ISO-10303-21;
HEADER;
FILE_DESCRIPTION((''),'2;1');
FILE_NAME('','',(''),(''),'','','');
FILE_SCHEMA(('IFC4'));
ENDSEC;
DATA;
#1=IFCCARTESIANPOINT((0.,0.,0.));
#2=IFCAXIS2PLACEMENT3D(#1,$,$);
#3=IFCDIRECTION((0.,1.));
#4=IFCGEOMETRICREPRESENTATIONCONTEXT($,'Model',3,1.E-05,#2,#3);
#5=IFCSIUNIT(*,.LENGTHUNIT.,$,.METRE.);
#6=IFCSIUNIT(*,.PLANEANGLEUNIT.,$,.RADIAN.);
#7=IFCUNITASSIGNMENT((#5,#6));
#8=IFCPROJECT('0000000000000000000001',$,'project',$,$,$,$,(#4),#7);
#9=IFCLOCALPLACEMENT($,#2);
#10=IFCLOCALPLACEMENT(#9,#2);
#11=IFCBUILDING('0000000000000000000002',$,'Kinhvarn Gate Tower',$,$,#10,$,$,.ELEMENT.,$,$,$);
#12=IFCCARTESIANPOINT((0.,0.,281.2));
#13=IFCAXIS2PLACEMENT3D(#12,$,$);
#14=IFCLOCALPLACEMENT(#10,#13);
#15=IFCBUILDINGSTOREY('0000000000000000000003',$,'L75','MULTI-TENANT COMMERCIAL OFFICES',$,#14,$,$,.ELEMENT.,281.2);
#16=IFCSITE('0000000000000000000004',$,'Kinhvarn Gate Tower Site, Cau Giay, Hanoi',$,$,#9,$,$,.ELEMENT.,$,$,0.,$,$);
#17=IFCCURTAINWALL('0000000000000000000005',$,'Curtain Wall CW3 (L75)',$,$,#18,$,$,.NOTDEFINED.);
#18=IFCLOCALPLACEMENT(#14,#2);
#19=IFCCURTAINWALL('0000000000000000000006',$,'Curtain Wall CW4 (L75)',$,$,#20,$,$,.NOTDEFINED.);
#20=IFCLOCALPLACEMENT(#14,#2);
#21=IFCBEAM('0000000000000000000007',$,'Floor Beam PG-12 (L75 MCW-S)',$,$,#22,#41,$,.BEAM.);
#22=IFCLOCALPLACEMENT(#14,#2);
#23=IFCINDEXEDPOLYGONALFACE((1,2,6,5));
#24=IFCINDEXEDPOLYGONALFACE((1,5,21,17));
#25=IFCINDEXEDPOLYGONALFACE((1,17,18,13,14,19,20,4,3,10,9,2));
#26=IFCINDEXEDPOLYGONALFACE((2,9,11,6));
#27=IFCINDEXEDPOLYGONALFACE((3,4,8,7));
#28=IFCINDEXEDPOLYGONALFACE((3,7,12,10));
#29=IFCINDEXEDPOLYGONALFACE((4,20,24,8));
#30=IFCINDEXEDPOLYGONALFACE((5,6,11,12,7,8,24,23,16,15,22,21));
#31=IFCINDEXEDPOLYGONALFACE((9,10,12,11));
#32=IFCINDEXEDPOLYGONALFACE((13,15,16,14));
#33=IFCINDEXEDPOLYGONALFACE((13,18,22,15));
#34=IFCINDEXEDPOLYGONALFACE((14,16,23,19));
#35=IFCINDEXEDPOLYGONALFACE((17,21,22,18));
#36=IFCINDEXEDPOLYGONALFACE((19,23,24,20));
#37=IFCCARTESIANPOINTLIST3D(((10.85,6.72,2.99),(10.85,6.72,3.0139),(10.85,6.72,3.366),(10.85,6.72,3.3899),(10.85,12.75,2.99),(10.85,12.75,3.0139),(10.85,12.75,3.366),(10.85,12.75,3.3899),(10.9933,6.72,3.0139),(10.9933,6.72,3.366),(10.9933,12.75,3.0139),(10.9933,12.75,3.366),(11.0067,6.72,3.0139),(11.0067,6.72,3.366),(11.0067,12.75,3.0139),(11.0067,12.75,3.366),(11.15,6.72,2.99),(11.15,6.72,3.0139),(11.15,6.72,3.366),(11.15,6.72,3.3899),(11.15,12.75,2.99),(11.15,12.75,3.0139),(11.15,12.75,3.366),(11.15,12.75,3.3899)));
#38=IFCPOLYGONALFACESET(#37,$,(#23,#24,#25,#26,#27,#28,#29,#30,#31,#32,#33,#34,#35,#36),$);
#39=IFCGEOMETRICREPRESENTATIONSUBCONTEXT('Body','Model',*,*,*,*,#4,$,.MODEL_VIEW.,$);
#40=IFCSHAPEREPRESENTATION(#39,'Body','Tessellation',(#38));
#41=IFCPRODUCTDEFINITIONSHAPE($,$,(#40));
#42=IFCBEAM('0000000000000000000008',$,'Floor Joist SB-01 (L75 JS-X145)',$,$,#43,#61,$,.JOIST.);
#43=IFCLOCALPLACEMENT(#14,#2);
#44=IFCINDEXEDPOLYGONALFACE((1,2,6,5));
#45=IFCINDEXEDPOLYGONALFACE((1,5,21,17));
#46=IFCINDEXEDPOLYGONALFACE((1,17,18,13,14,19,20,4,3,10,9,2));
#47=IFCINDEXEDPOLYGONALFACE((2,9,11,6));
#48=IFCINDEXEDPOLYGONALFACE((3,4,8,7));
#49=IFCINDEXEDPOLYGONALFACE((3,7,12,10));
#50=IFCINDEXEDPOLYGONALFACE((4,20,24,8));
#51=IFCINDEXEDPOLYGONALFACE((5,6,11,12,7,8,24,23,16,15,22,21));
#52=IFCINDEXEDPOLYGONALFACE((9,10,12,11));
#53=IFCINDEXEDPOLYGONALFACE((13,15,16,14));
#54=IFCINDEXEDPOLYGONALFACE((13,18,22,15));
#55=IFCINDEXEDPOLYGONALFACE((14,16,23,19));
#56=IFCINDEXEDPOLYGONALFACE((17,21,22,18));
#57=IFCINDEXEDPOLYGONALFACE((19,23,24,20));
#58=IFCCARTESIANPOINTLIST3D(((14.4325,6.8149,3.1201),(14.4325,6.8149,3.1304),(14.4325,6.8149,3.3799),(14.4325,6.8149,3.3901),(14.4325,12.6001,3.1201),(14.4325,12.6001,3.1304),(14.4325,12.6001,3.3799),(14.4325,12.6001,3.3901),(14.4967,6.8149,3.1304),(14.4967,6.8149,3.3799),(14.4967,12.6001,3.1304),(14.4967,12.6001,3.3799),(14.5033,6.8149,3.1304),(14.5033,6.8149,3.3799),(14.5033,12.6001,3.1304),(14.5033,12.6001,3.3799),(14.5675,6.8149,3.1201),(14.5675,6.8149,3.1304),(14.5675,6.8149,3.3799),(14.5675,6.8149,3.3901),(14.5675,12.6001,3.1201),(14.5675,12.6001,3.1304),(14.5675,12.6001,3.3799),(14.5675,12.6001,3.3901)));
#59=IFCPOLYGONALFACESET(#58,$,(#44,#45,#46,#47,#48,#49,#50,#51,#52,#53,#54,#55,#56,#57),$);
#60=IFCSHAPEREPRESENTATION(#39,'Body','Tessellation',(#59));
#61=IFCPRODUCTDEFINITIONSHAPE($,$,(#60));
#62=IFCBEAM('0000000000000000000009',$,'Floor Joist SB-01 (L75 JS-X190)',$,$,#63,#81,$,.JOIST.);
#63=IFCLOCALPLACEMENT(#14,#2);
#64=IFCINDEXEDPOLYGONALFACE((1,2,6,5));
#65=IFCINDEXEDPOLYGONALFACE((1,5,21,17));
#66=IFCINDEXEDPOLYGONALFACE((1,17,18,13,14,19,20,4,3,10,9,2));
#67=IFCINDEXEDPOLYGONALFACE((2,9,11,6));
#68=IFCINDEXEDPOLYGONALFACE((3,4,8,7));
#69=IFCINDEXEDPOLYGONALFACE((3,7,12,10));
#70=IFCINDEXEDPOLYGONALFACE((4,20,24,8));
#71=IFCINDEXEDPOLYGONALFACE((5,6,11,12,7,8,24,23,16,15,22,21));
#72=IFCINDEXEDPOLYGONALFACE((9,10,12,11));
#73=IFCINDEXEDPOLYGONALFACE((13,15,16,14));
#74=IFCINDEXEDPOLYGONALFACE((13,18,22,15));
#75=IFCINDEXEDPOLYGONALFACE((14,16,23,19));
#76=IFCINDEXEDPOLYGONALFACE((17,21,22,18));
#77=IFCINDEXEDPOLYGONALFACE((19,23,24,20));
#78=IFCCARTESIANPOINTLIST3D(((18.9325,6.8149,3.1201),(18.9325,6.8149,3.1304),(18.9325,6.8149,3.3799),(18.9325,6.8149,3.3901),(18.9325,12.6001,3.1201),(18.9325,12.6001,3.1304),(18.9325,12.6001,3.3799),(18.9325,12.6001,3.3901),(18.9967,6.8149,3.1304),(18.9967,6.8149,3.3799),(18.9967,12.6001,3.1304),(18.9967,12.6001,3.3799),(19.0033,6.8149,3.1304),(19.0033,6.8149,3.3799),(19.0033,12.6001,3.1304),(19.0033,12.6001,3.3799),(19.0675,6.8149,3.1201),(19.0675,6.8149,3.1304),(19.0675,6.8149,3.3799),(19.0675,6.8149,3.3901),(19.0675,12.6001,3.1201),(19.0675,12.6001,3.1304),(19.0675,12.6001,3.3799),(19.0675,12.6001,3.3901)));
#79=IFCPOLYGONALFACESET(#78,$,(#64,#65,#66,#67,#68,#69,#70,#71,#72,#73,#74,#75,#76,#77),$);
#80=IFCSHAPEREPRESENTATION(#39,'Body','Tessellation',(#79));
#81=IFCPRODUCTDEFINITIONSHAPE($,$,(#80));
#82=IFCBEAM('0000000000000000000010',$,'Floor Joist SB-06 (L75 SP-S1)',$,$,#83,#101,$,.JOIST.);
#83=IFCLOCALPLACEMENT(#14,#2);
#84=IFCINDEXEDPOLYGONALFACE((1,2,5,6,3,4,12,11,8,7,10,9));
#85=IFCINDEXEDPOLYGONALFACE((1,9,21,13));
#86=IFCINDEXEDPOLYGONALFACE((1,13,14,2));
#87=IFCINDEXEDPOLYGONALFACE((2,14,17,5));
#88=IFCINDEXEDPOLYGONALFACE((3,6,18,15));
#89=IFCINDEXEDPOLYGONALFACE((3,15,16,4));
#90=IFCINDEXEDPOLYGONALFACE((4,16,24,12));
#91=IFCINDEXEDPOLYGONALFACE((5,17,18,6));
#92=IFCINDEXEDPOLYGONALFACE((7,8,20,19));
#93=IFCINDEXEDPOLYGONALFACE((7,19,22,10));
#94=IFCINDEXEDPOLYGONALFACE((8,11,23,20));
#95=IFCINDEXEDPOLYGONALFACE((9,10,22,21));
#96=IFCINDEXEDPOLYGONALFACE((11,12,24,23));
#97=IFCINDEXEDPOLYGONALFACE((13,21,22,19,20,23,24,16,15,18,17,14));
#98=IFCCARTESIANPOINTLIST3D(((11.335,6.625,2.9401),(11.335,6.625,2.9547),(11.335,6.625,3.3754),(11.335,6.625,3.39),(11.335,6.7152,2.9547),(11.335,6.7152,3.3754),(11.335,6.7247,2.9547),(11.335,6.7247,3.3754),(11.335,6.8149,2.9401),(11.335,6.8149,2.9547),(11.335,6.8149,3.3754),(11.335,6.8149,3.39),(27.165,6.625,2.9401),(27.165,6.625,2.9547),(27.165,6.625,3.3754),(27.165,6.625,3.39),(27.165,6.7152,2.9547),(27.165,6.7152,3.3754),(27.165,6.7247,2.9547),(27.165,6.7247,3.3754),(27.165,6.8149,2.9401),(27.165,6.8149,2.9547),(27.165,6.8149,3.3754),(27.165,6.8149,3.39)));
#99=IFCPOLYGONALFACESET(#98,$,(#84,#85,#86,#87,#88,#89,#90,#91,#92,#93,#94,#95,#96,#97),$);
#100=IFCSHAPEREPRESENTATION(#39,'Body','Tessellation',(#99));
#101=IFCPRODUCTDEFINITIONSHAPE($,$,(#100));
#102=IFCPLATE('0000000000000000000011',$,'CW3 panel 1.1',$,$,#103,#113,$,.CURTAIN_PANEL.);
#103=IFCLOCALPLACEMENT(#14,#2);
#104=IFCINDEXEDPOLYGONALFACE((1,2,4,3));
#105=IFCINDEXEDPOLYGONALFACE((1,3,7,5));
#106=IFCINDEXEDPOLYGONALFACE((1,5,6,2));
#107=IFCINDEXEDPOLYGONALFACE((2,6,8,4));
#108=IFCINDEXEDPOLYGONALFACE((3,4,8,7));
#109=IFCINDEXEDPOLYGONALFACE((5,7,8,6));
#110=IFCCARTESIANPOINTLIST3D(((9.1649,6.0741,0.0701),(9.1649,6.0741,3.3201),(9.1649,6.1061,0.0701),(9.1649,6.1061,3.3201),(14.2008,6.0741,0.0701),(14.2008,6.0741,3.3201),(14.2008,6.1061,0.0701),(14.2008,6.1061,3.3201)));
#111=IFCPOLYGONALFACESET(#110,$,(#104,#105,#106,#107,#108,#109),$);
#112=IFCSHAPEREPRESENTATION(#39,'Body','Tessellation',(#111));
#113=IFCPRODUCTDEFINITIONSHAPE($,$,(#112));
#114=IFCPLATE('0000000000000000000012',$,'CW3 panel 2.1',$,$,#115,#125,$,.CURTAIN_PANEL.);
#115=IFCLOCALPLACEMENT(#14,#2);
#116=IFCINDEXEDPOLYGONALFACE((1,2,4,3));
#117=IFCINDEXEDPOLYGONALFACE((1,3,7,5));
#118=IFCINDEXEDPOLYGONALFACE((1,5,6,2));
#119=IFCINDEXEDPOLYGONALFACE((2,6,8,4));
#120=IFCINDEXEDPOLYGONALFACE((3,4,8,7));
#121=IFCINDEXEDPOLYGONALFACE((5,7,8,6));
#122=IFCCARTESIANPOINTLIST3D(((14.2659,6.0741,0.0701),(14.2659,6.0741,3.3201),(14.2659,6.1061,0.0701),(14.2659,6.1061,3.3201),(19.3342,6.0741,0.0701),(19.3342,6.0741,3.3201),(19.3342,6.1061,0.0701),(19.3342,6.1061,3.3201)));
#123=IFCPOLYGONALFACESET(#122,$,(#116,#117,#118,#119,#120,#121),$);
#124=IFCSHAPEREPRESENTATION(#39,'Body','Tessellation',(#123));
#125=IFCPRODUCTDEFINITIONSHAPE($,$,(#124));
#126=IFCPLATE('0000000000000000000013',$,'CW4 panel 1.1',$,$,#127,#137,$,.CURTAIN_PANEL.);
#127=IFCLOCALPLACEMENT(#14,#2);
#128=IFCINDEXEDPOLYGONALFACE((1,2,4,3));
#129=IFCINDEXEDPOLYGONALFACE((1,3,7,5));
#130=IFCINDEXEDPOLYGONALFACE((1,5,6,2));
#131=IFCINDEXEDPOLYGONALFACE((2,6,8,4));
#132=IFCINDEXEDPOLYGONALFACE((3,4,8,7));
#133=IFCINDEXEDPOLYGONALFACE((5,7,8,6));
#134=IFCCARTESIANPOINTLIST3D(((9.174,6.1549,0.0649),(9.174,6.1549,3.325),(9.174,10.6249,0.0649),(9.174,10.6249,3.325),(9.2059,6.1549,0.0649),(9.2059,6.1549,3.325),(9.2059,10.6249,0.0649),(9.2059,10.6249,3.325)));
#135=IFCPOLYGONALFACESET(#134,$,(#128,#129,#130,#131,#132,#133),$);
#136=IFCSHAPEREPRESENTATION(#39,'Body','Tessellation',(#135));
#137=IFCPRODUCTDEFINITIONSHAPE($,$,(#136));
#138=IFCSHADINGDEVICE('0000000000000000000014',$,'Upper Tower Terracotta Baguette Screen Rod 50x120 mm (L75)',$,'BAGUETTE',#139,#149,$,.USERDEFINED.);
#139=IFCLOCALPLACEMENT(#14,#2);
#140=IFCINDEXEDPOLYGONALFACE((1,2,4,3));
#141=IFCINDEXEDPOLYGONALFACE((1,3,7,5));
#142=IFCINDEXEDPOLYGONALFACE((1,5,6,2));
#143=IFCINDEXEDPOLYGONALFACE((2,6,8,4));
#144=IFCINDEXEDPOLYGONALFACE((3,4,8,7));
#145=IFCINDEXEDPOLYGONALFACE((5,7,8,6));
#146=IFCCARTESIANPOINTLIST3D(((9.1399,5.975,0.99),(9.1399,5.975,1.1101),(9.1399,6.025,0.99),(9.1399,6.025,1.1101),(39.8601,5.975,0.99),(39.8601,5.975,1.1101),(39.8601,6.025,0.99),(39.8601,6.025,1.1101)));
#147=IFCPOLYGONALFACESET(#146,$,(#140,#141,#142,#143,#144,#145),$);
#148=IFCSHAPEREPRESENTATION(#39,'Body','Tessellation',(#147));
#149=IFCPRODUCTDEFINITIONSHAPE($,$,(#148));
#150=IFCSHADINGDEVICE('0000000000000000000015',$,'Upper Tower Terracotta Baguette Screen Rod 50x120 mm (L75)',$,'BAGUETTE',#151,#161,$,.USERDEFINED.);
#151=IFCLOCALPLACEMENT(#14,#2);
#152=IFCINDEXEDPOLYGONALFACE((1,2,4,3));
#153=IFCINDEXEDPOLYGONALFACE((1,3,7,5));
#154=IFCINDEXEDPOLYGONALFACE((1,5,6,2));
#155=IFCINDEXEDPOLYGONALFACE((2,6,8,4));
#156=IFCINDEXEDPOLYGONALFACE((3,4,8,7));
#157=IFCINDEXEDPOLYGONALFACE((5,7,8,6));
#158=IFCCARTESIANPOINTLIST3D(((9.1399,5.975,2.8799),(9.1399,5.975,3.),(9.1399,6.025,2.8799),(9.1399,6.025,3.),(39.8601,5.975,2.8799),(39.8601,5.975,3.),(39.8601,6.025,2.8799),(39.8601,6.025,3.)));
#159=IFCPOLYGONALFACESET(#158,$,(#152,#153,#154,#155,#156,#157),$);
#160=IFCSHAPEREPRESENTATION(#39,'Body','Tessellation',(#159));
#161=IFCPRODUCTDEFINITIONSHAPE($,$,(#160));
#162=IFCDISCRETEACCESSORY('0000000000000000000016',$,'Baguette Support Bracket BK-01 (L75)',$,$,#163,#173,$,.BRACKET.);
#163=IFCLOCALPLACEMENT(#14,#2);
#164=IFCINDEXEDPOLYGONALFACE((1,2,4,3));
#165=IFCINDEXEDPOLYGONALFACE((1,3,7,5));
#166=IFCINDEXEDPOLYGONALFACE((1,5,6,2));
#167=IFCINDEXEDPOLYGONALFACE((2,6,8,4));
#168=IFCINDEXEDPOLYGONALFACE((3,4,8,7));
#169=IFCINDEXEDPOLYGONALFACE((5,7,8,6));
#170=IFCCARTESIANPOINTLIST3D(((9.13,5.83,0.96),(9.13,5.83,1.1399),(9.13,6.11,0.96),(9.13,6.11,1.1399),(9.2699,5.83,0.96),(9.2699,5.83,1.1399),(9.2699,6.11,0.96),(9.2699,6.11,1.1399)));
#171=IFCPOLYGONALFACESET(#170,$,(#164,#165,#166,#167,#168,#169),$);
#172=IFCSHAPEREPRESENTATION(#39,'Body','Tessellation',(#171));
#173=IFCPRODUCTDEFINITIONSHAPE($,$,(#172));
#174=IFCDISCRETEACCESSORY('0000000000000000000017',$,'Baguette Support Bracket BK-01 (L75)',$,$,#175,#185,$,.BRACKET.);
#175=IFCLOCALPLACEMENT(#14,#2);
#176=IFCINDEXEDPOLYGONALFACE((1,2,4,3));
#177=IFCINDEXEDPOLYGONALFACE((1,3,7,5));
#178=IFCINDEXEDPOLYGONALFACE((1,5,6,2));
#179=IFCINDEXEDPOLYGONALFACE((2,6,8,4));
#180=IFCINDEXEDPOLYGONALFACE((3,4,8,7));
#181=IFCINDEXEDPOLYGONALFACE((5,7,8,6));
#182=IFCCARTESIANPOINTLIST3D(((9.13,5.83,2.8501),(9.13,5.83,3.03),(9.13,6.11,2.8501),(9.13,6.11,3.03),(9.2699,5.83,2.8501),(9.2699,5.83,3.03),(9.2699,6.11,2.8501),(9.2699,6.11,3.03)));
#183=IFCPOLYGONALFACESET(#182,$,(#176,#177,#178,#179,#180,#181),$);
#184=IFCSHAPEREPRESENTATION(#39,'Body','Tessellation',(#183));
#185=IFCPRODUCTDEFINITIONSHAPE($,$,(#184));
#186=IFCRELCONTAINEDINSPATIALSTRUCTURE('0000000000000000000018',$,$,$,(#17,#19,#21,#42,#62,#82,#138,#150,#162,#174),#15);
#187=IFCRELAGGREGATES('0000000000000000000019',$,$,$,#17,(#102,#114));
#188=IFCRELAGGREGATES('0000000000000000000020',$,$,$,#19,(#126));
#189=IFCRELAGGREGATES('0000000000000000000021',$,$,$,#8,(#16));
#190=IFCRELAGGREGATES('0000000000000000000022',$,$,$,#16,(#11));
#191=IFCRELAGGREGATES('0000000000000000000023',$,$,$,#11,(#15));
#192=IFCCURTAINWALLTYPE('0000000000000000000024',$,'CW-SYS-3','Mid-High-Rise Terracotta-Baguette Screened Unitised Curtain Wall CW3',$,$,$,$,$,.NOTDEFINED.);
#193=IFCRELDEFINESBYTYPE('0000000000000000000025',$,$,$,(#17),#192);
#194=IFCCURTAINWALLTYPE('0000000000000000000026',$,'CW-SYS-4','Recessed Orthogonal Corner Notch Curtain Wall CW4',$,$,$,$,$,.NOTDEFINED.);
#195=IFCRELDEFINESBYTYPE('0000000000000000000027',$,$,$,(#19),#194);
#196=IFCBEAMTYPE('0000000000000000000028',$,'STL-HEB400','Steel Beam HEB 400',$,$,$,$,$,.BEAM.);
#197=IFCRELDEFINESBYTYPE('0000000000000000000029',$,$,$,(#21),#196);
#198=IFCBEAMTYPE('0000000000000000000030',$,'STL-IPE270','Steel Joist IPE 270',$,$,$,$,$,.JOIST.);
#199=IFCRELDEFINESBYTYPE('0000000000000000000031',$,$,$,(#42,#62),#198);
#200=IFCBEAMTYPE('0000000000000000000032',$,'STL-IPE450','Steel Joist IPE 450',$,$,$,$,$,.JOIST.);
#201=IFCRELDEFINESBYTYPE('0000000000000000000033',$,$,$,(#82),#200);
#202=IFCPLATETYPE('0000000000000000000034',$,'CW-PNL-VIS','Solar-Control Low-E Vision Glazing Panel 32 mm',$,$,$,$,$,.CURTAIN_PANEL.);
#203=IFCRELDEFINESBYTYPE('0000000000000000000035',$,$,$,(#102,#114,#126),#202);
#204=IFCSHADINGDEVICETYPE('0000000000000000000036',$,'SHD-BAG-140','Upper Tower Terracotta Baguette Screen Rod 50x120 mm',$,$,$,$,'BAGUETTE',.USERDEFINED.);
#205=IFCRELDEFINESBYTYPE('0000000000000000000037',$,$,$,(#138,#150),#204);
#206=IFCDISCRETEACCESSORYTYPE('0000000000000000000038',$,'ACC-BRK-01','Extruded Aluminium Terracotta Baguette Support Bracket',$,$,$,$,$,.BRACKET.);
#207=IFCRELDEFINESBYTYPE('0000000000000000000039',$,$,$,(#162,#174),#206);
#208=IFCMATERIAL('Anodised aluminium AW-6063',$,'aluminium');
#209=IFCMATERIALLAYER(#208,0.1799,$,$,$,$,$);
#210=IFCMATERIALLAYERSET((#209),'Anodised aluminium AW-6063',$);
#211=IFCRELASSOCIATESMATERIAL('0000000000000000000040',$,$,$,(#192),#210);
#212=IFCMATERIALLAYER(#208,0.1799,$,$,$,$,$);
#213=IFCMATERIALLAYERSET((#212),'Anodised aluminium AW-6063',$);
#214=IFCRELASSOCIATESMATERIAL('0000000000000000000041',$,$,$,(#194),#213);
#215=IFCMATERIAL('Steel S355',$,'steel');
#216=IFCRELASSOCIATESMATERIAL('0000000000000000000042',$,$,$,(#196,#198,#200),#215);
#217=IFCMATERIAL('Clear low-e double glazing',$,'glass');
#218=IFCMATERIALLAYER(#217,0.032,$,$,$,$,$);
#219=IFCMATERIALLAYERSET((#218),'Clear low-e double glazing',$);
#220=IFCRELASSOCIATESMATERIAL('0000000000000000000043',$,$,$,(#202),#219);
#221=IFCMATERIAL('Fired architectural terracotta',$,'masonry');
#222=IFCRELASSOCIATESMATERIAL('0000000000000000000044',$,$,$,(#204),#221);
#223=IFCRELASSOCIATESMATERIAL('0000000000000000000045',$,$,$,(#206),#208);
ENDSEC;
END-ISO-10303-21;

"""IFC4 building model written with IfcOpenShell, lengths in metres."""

from ifc_helpers import new_model, si_unit, direction, frame, origin, origin_2d, place, context, subcontext, project, spatial, rectangle, i_section, extrude, material, layer, layer_set, material_profile, profile_set, type_object, element, aggregate, save


model = new_model("IFC4")

# Units and contexts
model_context = context("Model", 3, precision=1e-05, world=origin(), true_north=direction((0.0, 1.0)))
body_context = subcontext(model_context, "Body", "Model", "MODEL_VIEW")
ifc_project = project(units=[si_unit("LENGTHUNIT", "METRE"), si_unit("PLANEANGLEUNIT", "RADIAN")], contexts=[model_context])

# Site, building, storey
site_placement = place(None, origin())
site = spatial("IfcSite", under=ifc_project, at=site_placement, Name="Kinhvarn Gate Tower Site, Cau Giay, Hanoi", CompositionType="ELEMENT", RefElevation=0.0)
building_placement = place(site_placement, origin())
building = spatial("IfcBuilding", under=site, at=building_placement, Name="Kinhvarn Gate Tower", CompositionType="ELEMENT")
storey_placement = place(building_placement, frame((0.0, 0.0, 281.2)))
storey = spatial("IfcBuildingStorey", under=building, at=storey_placement, Name="L75", Description="MULTI-TENANT COMMERCIAL OFFICES", CompositionType="ELEMENT", Elevation=281.2)

# Curtain walls
ifc_material_1 = material(Name="Anodised aluminium AW-6063", Category="aluminium")
ifc_layer_1 = layer(ifc_material_1, 0.1799)
ifc_layer_set_1 = layer_set([ifc_layer_1], Name="Anodised aluminium AW-6063")
curtain_wall_type_1 = type_object("IfcCurtainWallType", Name="CW-SYS-3", Description="Mid-High-Rise Terracotta-Baguette Screened Unitised Curtain Wall CW3", PredefinedType="NOTDEFINED", material=ifc_layer_set_1)
curtain_wall_1_placement = place(storey_placement, origin())
curtain_wall_1 = element("IfcCurtainWall", 1, at=curtain_wall_1_placement, inside=storey, type_object=curtain_wall_type_1, Name="Curtain Wall CW3 (L75)", PredefinedType="NOTDEFINED")
ifc_layer_2 = layer(ifc_material_1, 0.1799)
ifc_layer_set_2 = layer_set([ifc_layer_2], Name="Anodised aluminium AW-6063")
curtain_wall_type_2 = type_object("IfcCurtainWallType", Name="CW-SYS-4", Description="Recessed Orthogonal Corner Notch Curtain Wall CW4", PredefinedType="NOTDEFINED", material=ifc_layer_set_2)
curtain_wall_2_placement = place(storey_placement, origin())
curtain_wall_2 = element("IfcCurtainWall", 2, at=curtain_wall_2_placement, inside=storey, type_object=curtain_wall_type_2, Name="Curtain Wall CW4 (L75)", PredefinedType="NOTDEFINED")

# Beams
ifc_material_2 = material(Name="Steel S355", Category="steel")
ifc_material_profile_1 = material_profile(ifc_material_2, i_section(OverallWidth=0.3, OverallDepth=0.3999, WebThickness=0.0134, FlangeThickness=0.0239, at=origin_2d()), Name="HEB 400")
ifc_profile_set_1 = profile_set([ifc_material_profile_1], Name="Steel S355")
beam_type_1 = type_object("IfcBeamType", Name="STL-HEB400", Description="Steel Beam HEB 400", PredefinedType="BEAM", material=ifc_profile_set_1)
beam_1_placement = place(storey_placement, frame((11.0, 6.72, 3.1899), z_axis=(0.0, 1.0, 0.0), x_axis=(-1.0, 0.0, 0.0)))
element("IfcBeam", 3, at=beam_1_placement, inside=storey, type_object=beam_type_1, Name="Floor Beam PG-12 (L75 MCW-S)", PredefinedType="BEAM", context=body_context, shape_type="SweptSolid", body=[
    extrude(i_section(OverallWidth=0.3, OverallDepth=0.3999, WebThickness=0.0134, FlangeThickness=0.0239, at=origin_2d()), origin(), (0.0, 0.0, 1.0), 6.03),
])
ifc_material_profile_2 = material_profile(ifc_material_2, i_section(OverallWidth=0.135, OverallDepth=0.27, WebThickness=0.0066, FlangeThickness=0.0103, at=origin_2d()), Name="IPE 270")
ifc_profile_set_2 = profile_set([ifc_material_profile_2], Name="Steel S355")
beam_type_2 = type_object("IfcBeamType", Name="STL-IPE270", Description="Steel Joist IPE 270", PredefinedType="JOIST", material=ifc_profile_set_2)
for number, where, z_axis, x_axis, name in (
    (4, (14.5, 6.8149, 3.2551), (0.0, 1.0, 0.0), (-1.0, 0.0, 0.0), "Floor Joist SB-01 (L75 JS-X145)"),
    (5, (19.0, 6.8149, 3.2551), (0.0, 1.0, 0.0), (-1.0, 0.0, 0.0), "Floor Joist SB-01 (L75 JS-X190)"),
):
    element("IfcBeam", number, at=place(storey_placement, frame(where, z_axis=z_axis, x_axis=x_axis)), inside=storey, type_object=beam_type_2, Name=name, PredefinedType="JOIST", context=body_context, shape_type="SweptSolid", body=[
        extrude(i_section(OverallWidth=0.135, OverallDepth=0.27, WebThickness=0.0066, FlangeThickness=0.0103, at=origin_2d()), origin(), (0.0, 0.0, 1.0), 5.7852),
    ])
ifc_material_profile_3 = material_profile(ifc_material_2, i_section(OverallWidth=0.1899, OverallDepth=0.45, WebThickness=0.0095, FlangeThickness=0.0146, at=origin_2d()), Name="IPE 450")
ifc_profile_set_3 = profile_set([ifc_material_profile_3], Name="Steel S355")
beam_type_3 = type_object("IfcBeamType", Name="STL-IPE450", Description="Steel Joist IPE 450", PredefinedType="JOIST", material=ifc_profile_set_3)
beam_2_placement = place(storey_placement, frame((11.335, 6.72, 3.165), z_axis=(1.0, 0.0, 0.0), x_axis=(0.0, 1.0, 0.0)))
element("IfcBeam", 6, at=beam_2_placement, inside=storey, type_object=beam_type_3, Name="Floor Joist SB-06 (L75 SP-S1)", PredefinedType="JOIST", context=body_context, shape_type="SweptSolid", body=[
    extrude(i_section(OverallWidth=0.1899, OverallDepth=0.45, WebThickness=0.0095, FlangeThickness=0.0146, at=origin_2d()), origin(), (0.0, 0.0, 1.0), 15.8301),
])

# Plates
ifc_material_3 = material(Name="Clear low-e double glazing", Category="glass")
ifc_layer_3 = layer(ifc_material_3, 0.032)
ifc_layer_set_3 = layer_set([ifc_layer_3], Name="Clear low-e double glazing")
plate_type = type_object("IfcPlateType", Name="CW-PNL-VIS", Description="Solar-Control Low-E Vision Glazing Panel 32 mm", PredefinedType="CURTAIN_PANEL", material=ifc_layer_set_3)
plate_1_placement = place(storey_placement, frame((11.6829, 6.0901, 0.0701), z_axis=(0.0, 0.0, 1.0), x_axis=(1.0, 0.0, 0.0)))
plate_1 = element("IfcPlate", 7, at=plate_1_placement, type_object=plate_type, Name="CW3 panel 1.1", PredefinedType="CURTAIN_PANEL", context=body_context, shape_type="SweptSolid", body=[
    extrude(rectangle(XDim=5.0359, YDim=0.032, at=origin_2d()), origin(), (0.0, 0.0, 1.0), 3.25),
])
plate_2_placement = place(storey_placement, frame((16.8, 6.0901, 0.0701), z_axis=(0.0, 0.0, 1.0), x_axis=(1.0, 0.0, 0.0)))
plate_2 = element("IfcPlate", 8, at=plate_2_placement, type_object=plate_type, Name="CW3 panel 2.1", PredefinedType="CURTAIN_PANEL", context=body_context, shape_type="SweptSolid", body=[
    extrude(rectangle(XDim=5.0684, YDim=0.032, at=origin_2d()), origin(), (0.0, 0.0, 1.0), 3.25),
])
aggregate(curtain_wall_1, [plate_1, plate_2])
plate_3_placement = place(storey_placement, frame((9.1899, 8.3899, 0.0649), z_axis=(0.0, 0.0, 1.0), x_axis=(0.0, -1.0, 0.0)))
plate_3 = element("IfcPlate", 9, at=plate_3_placement, type_object=plate_type, Name="CW4 panel 1.1", PredefinedType="CURTAIN_PANEL", context=body_context, shape_type="SweptSolid", body=[
    extrude(rectangle(XDim=4.47, YDim=0.032, at=origin_2d()), origin(), (0.0, 0.0, 1.0), 3.26),
])
aggregate(curtain_wall_2, [plate_3])

# Shading devices
ifc_material_4 = material(Name="Fired architectural terracotta", Category="masonry")
ifc_material_profile_4 = material_profile(ifc_material_4, rectangle(XDim=0.05, YDim=0.1201, at=origin_2d()), Name="TC 50x120")
ifc_profile_set_4 = profile_set([ifc_material_profile_4], Name="Fired architectural terracotta")
shading_device_type = type_object("IfcShadingDeviceType", Name="SHD-BAG-140", Description="Upper Tower Terracotta Baguette Screen Rod 50x120 mm", ElementType="BAGUETTE", PredefinedType="USERDEFINED", material=ifc_profile_set_4)
for number, where, z_axis, x_axis, name in (
    (10, (9.1399, 6.0, 1.05), (1.0, 0.0, 0.0), (0.0, 1.0, 0.0), "Upper Tower Terracotta Baguette Screen Rod 50x120 mm (L75)"),
    (11, (9.1399, 6.0, 2.9399), (1.0, 0.0, 0.0), (0.0, 1.0, 0.0), "Upper Tower Terracotta Baguette Screen Rod 50x120 mm (L75)"),
):
    element("IfcShadingDevice", number, at=place(storey_placement, frame(where, z_axis=z_axis, x_axis=x_axis)), inside=storey, type_object=shading_device_type, Name=name, ObjectType="BAGUETTE", PredefinedType="USERDEFINED", context=body_context, shape_type="SweptSolid", body=[
        extrude(rectangle(XDim=0.05, YDim=0.1201, at=origin_2d()), origin(), (0.0, 0.0, 1.0), 30.7202),
    ])

# Discrete accessories
discrete_accessory_type = type_object("IfcDiscreteAccessoryType", Name="ACC-BRK-01", Description="Extruded Aluminium Terracotta Baguette Support Bracket", PredefinedType="BRACKET", material=ifc_material_1)
for number, where, z_axis, x_axis, name in (
    (12, (9.2, 5.97, 0.96), (0.0, 0.0, 1.0), (1.0, 0.0, 0.0), "Baguette Support Bracket BK-01 (L75)"),
    (13, (9.2, 5.97, 2.8501), (0.0, 0.0, 1.0), (1.0, 0.0, 0.0), "Baguette Support Bracket BK-01 (L75)"),
):
    element("IfcDiscreteAccessory", number, at=place(storey_placement, frame(where, z_axis=z_axis, x_axis=x_axis)), inside=storey, type_object=discrete_accessory_type, Name=name, PredefinedType="BRACKET", context=body_context, shape_type="SweptSolid", body=[
        extrude(rectangle(XDim=0.1399, YDim=0.28, at=origin_2d()), origin(), (0.0, 0.0, 1.0), 0.1799),
    ])

save(model, "model.ifc")
